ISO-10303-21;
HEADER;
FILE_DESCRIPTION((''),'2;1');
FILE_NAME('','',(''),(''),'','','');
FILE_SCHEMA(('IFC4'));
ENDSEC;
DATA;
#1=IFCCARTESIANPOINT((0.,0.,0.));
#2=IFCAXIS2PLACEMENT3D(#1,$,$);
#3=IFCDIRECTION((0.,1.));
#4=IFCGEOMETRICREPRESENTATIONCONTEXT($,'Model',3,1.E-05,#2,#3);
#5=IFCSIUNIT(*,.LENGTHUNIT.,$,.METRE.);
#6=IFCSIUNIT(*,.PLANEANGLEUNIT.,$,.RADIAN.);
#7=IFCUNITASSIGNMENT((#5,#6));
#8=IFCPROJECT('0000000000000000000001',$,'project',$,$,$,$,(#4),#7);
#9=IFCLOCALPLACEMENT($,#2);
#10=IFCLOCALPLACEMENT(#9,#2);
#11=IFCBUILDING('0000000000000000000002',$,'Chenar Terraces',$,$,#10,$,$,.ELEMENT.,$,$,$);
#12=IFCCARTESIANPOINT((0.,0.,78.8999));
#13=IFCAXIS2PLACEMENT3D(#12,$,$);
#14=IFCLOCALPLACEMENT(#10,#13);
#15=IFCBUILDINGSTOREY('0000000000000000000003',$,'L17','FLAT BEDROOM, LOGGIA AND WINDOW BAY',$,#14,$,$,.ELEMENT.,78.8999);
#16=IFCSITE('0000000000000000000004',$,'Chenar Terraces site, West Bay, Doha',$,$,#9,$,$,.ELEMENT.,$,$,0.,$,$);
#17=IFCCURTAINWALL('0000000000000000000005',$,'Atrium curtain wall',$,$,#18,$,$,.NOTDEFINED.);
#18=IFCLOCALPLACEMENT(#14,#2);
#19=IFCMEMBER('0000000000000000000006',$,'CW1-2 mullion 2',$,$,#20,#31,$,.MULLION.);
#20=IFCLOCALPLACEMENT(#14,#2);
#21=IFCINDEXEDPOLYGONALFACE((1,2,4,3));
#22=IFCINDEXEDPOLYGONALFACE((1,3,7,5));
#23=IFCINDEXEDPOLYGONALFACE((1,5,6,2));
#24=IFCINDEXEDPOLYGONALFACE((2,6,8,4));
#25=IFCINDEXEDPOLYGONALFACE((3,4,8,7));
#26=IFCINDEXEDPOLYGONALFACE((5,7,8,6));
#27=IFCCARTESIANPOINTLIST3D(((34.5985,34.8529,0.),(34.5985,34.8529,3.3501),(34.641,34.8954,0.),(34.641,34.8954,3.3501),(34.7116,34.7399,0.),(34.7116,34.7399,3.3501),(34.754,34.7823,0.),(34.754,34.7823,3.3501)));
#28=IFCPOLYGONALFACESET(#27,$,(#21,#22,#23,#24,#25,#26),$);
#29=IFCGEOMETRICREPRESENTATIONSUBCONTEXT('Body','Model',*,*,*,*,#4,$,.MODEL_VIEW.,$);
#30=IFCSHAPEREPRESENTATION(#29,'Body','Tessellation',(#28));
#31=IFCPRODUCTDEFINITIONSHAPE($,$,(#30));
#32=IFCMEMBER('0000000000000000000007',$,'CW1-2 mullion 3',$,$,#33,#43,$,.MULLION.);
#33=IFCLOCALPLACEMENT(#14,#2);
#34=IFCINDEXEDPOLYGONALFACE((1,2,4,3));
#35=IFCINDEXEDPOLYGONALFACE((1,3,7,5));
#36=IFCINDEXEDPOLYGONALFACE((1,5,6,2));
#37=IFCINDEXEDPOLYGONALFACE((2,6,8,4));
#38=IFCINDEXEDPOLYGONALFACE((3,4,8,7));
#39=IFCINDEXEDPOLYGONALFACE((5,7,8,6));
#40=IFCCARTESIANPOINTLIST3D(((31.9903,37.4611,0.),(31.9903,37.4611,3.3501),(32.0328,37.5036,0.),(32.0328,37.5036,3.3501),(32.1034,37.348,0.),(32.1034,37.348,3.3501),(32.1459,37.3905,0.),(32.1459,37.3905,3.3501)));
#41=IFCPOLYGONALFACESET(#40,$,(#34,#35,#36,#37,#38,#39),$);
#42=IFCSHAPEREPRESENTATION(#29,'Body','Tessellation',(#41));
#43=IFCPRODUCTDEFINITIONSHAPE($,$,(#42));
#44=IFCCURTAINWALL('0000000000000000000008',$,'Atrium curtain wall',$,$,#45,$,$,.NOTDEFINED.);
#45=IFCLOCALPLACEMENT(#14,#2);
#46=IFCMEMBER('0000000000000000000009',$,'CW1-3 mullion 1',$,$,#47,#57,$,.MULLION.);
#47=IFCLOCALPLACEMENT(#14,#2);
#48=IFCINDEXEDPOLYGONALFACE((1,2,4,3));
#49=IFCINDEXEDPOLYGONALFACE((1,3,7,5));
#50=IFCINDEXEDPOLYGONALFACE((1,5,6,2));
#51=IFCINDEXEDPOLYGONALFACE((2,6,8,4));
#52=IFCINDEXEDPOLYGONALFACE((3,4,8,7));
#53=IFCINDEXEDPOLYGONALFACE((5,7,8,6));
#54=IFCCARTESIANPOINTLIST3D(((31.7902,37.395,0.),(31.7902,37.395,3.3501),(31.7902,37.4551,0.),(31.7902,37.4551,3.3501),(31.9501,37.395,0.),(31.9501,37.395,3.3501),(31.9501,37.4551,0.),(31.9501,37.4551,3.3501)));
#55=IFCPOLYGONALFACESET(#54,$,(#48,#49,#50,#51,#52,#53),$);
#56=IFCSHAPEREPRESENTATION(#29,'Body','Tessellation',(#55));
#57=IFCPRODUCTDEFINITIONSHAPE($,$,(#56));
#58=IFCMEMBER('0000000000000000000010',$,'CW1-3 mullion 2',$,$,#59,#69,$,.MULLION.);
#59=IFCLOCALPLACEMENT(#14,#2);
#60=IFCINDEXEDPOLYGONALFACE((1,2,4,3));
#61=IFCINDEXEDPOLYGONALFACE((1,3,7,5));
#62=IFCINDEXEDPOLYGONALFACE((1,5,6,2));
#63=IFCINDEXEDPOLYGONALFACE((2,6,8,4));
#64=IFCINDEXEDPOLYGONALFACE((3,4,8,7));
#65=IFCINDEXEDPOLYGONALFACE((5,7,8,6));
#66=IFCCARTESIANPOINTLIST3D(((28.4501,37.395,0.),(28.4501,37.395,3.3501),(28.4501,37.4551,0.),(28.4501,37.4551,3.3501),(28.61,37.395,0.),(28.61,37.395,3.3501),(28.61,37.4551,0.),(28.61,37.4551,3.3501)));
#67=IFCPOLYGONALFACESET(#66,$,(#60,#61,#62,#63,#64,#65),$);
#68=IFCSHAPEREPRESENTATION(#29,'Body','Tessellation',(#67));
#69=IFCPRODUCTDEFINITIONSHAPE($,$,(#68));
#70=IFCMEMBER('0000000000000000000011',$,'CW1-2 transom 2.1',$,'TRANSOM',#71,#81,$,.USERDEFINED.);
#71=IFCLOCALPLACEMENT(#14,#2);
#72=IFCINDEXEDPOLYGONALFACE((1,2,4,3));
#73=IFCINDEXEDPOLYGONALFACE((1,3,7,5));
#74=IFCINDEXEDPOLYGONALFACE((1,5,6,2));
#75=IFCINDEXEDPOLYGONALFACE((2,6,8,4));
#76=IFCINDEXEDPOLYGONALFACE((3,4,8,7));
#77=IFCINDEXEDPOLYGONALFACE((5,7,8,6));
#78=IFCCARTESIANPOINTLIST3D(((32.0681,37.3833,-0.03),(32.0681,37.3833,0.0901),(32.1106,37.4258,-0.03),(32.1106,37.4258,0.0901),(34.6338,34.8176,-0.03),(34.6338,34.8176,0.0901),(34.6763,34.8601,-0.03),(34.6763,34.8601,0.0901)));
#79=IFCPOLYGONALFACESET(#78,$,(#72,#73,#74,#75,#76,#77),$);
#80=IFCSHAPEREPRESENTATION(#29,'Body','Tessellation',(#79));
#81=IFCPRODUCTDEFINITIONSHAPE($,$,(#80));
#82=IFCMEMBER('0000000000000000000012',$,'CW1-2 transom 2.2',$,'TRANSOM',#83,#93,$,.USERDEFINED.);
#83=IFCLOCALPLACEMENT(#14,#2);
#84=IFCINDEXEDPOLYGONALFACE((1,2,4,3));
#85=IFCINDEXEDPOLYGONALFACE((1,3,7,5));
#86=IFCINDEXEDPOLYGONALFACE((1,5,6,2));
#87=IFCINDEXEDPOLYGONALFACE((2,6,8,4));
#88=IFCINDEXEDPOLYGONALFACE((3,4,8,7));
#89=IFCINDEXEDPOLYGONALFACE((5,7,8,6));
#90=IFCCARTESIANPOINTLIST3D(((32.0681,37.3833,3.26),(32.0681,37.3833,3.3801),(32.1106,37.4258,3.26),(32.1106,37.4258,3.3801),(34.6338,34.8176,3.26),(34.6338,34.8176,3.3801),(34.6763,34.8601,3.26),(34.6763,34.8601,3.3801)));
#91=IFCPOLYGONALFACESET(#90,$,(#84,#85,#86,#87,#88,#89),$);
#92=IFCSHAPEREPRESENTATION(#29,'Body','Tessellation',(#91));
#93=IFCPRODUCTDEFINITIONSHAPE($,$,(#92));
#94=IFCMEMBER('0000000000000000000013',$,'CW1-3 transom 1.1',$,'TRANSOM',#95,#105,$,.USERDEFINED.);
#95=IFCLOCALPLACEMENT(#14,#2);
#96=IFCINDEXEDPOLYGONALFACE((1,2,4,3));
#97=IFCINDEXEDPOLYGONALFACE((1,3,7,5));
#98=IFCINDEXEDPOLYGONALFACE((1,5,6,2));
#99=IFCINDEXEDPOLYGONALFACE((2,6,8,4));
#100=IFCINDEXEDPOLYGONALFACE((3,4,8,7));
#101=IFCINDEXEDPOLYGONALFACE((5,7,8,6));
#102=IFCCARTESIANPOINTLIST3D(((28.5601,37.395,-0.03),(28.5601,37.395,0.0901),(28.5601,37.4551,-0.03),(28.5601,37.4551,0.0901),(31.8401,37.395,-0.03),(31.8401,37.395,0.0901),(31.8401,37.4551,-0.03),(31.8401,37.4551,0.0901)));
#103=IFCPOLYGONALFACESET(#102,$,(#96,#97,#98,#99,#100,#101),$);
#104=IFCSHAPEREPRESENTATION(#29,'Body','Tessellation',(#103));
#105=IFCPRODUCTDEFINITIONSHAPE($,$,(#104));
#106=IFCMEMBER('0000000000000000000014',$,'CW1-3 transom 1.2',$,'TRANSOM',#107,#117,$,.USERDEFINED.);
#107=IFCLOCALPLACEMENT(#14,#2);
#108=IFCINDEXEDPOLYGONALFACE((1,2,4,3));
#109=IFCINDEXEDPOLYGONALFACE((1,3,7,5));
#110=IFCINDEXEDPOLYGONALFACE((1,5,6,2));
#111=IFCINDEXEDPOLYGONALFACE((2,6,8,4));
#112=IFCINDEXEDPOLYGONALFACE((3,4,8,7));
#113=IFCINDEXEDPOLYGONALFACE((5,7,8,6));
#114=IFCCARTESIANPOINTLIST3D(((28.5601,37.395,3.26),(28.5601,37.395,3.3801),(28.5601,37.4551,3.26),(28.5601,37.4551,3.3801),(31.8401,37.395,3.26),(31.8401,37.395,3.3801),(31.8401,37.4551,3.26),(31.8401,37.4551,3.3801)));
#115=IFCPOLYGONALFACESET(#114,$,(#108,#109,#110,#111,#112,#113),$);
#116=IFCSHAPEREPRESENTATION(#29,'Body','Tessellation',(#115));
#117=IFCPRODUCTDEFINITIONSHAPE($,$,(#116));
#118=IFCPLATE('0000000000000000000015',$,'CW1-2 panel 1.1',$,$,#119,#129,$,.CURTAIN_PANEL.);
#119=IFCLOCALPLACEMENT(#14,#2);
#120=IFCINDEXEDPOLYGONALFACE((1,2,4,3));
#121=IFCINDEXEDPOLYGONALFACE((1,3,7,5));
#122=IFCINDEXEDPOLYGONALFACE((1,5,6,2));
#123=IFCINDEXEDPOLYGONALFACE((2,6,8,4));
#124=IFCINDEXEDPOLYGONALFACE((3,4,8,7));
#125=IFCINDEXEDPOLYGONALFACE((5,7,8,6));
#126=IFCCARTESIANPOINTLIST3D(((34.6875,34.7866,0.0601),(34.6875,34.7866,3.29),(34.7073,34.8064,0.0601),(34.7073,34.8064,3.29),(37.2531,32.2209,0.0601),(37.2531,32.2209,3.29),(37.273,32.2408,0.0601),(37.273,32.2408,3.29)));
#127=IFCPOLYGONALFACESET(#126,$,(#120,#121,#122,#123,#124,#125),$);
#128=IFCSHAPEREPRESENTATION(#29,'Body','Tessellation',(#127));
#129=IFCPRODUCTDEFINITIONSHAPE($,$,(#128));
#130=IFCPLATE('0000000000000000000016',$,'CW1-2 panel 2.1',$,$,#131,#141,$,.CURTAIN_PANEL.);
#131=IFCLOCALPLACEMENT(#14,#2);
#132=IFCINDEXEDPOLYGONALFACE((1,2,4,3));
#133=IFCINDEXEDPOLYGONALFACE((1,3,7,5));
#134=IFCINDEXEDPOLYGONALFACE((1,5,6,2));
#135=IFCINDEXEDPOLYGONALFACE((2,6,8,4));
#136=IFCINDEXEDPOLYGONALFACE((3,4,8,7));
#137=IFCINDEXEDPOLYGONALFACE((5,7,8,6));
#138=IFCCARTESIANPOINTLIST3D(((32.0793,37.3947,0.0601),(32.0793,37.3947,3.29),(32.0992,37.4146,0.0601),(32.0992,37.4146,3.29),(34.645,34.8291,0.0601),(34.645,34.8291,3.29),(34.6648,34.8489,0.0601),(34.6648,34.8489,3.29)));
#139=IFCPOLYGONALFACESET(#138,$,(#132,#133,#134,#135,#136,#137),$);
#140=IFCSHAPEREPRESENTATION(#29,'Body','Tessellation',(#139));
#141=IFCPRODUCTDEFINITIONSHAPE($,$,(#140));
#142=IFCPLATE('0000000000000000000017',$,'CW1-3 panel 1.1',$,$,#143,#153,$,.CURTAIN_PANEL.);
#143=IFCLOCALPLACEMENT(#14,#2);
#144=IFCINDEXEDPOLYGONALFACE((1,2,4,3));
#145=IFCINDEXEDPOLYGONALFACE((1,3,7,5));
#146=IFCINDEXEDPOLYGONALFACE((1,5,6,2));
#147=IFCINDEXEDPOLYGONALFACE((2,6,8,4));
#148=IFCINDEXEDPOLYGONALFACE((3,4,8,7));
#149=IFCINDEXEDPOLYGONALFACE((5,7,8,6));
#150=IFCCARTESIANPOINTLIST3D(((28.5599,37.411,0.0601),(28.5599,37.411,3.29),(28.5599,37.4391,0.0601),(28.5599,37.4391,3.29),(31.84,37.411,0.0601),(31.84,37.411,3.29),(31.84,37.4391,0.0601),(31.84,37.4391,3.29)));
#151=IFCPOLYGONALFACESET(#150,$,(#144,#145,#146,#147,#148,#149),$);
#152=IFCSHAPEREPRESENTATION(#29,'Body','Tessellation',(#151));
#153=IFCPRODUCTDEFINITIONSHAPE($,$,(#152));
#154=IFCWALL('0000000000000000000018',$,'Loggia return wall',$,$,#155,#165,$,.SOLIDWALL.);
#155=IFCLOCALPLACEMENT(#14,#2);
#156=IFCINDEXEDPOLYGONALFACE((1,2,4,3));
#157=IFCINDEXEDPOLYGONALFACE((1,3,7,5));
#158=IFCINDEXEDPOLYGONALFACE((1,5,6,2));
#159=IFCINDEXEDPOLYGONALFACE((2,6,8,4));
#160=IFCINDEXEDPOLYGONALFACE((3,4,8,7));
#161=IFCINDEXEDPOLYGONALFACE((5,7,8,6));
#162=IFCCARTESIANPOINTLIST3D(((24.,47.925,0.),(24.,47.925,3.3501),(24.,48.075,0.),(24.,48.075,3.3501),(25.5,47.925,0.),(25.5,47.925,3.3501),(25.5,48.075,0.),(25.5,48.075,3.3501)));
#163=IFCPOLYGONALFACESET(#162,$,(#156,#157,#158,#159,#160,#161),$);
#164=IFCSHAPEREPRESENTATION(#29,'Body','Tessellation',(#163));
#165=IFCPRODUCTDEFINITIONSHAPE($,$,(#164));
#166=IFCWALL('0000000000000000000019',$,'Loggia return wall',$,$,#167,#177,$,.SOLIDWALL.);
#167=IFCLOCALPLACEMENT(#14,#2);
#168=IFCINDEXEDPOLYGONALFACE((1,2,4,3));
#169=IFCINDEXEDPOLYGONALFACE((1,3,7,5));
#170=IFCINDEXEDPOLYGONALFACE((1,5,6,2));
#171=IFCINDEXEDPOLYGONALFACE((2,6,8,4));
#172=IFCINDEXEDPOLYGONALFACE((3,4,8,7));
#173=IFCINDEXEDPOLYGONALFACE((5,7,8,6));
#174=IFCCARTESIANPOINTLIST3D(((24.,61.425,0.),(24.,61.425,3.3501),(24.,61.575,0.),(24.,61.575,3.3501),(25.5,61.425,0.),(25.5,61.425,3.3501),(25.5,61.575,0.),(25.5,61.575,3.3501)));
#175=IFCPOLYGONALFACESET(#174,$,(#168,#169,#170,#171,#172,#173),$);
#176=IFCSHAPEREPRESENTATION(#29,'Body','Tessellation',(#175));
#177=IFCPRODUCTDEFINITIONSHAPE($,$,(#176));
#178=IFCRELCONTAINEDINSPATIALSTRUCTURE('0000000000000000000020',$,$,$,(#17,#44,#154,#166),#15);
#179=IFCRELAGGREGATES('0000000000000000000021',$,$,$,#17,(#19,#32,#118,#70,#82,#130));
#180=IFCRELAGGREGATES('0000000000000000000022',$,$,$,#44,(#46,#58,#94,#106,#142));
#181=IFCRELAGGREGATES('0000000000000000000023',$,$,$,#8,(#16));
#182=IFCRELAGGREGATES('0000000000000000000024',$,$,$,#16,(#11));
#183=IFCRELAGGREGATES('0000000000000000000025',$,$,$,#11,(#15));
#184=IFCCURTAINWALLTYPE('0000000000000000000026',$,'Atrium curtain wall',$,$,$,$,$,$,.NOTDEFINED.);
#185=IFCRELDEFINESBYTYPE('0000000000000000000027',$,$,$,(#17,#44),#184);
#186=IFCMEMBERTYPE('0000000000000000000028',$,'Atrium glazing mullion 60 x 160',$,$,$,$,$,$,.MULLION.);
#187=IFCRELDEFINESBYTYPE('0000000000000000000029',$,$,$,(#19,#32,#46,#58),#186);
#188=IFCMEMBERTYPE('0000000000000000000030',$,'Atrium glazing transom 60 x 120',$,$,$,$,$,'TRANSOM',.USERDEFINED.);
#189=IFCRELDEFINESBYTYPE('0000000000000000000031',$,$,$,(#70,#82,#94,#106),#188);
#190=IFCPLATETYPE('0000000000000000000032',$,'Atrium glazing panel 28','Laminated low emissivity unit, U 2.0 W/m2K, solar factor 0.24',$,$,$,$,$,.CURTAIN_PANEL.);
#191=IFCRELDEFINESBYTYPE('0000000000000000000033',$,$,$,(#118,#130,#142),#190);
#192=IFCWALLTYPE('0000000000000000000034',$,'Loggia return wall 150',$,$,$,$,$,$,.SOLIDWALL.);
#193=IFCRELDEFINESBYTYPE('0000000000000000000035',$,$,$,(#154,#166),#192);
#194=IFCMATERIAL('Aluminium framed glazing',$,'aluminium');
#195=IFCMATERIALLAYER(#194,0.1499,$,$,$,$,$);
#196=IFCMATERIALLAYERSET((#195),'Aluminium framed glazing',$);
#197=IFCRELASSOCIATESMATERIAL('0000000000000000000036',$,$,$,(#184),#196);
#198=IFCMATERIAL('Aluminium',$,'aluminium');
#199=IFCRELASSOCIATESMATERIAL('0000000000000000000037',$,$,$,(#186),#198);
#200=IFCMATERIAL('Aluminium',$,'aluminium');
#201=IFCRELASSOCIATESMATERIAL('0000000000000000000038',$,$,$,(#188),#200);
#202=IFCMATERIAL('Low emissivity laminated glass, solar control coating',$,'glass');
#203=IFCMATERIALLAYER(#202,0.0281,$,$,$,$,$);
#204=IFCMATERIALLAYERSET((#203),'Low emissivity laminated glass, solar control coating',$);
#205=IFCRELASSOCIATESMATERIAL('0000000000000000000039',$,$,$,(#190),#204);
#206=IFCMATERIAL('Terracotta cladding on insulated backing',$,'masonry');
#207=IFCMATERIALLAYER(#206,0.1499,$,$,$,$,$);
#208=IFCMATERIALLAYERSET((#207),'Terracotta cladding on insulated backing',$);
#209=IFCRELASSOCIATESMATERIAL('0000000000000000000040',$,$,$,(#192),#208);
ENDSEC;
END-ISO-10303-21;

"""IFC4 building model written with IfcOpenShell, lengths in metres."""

from ifc_helpers import new_model, si_unit, direction, frame, frame_2d, origin, origin_2d, place, context, subcontext, project, spatial, rectangle, extrude, material, layer, layer_set, material_profile, profile_set, type_object, element, aggregate, save


model = new_model("IFC4")

# Units and contexts
model_context = context("Model", 3, precision=1e-05, world=origin(), true_north=direction((0.0, 1.0)))
body_context = subcontext(model_context, "Body", "Model", "MODEL_VIEW")
ifc_project = project(units=[si_unit("LENGTHUNIT", "METRE"), si_unit("PLANEANGLEUNIT", "RADIAN")], contexts=[model_context])

# Site, building, storey
site_placement = place(None, origin())
site = spatial("IfcSite", under=ifc_project, at=site_placement, Name="Chenar Terraces site, West Bay, Doha", CompositionType="ELEMENT", RefElevation=0.0)
building_placement = place(site_placement, origin())
building = spatial("IfcBuilding", under=site, at=building_placement, Name="Chenar Terraces", CompositionType="ELEMENT")
storey_placement = place(building_placement, frame((0.0, 0.0, 78.8999)))
storey = spatial("IfcBuildingStorey", under=building, at=storey_placement, Name="L17", Description="FLAT BEDROOM, LOGGIA AND WINDOW BAY", CompositionType="ELEMENT", Elevation=78.8999)

# Curtain walls, members
ifc_material_1 = material(Name="Aluminium framed glazing", Category="aluminium")
ifc_layer_1 = layer(ifc_material_1, 0.1499)
ifc_layer_set_1 = layer_set([ifc_layer_1], Name="Aluminium framed glazing")
curtain_wall_type = type_object("IfcCurtainWallType", Name="Atrium curtain wall", PredefinedType="NOTDEFINED", material=ifc_layer_set_1)
placement = place(storey_placement, origin())
curtain_wall_1 = element("IfcCurtainWall", 1, at=placement, inside=storey, type_object=curtain_wall_type, Name="Atrium curtain wall", PredefinedType="NOTDEFINED")
ifc_material_2 = material(Name="Aluminium", Category="aluminium")
ifc_material_profile_1 = material_profile(ifc_material_2, rectangle(XDim=0.0601, YDim=0.1599, at=origin_2d()), Name="Atrium glazing mullion 60 x 160")
ifc_profile_set_1 = profile_set([ifc_material_profile_1], Name="Aluminium")
member_type_1 = type_object("IfcMemberType", Name="Atrium glazing mullion 60 x 160", PredefinedType="MULLION", material=ifc_profile_set_1)
member_1_placement = place(storey_placement, frame((34.6763, 34.8176, 0.0), z_axis=(0.0, 0.0, 1.0), x_axis=(-0.707107, -0.707107, 0.0)))
member_1 = element("IfcMember", 2, at=member_1_placement, type_object=member_type_1, Name="CW1-2 mullion 2", PredefinedType="MULLION", context=body_context, shape_type="SweptSolid", body=[
    extrude(rectangle(XDim=0.0601, YDim=0.1599, at=origin_2d()), origin(), (0.0, 0.0, 1.0), 3.3501),
])
member_2_placement = place(storey_placement, frame((32.0681, 37.4258, 0.0), z_axis=(0.0, 0.0, 1.0), x_axis=(-0.707107, -0.707107, 0.0)))
member_2 = element("IfcMember", 3, at=member_2_placement, type_object=member_type_1, Name="CW1-2 mullion 3", PredefinedType="MULLION", context=body_context, shape_type="SweptSolid", body=[
    extrude(rectangle(XDim=0.0601, YDim=0.1599, at=origin_2d()), origin(), (0.0, 0.0, 1.0), 3.3501),
])
curtain_wall_2 = element("IfcCurtainWall", 4, at=placement, inside=storey, type_object=curtain_wall_type, Name="Atrium curtain wall", PredefinedType="NOTDEFINED")
member_3_placement = place(storey_placement, frame((31.8701, 37.425, 0.0), z_axis=(0.0, 0.0, 1.0), x_axis=(0.0, -1.0, 0.0)))
member_3 = element("IfcMember", 5, at=member_3_placement, type_object=member_type_1, Name="CW1-3 mullion 1", PredefinedType="MULLION", context=body_context, shape_type="SweptSolid", body=[
    extrude(rectangle(XDim=0.0601, YDim=0.1599, at=origin_2d()), origin(), (0.0, 0.0, 1.0), 3.3501),
])
member_4_placement = place(storey_placement, frame((28.53, 37.425, 0.0), z_axis=(0.0, 0.0, 1.0), x_axis=(0.0, -1.0, 0.0)))
member_4 = element("IfcMember", 6, at=member_4_placement, type_object=member_type_1, Name="CW1-3 mullion 2", PredefinedType="MULLION", context=body_context, shape_type="SweptSolid", body=[
    extrude(rectangle(XDim=0.0601, YDim=0.1599, at=origin_2d()), origin(), (0.0, 0.0, 1.0), 3.3501),
])

# Members
ifc_material_3 = material(Name="Aluminium", Category="aluminium")
ifc_material_profile_2 = material_profile(ifc_material_3, rectangle(XDim=0.0601, YDim=0.1201, at=origin_2d()), Name="Atrium glazing transom 60 x 120")
ifc_profile_set_2 = profile_set([ifc_material_profile_2], Name="Aluminium")
member_type_2 = type_object("IfcMemberType", Name="Atrium glazing transom 60 x 120", ElementType="TRANSOM", PredefinedType="USERDEFINED", material=ifc_profile_set_2)
member_5_placement = place(storey_placement, frame((34.655, 34.8389, 0.03), z_axis=(-0.707107, 0.707107, 0.0), x_axis=(-0.707107, -0.707107, 0.0)))
member_5 = element("IfcMember", 7, at=member_5_placement, type_object=member_type_2, Name="CW1-2 transom 2.1", ObjectType="TRANSOM", PredefinedType="USERDEFINED", context=body_context, shape_type="SweptSolid", body=[
    extrude(rectangle(XDim=0.0601, YDim=0.1201, at=origin_2d()), origin(), (0.0, 0.0, 1.0), 3.6284),
])
member_6_placement = place(storey_placement, frame((34.655, 34.8389, 3.3201), z_axis=(-0.707107, 0.707107, 0.0), x_axis=(-0.707107, -0.707107, 0.0)))
member_6 = element("IfcMember", 8, at=member_6_placement, type_object=member_type_2, Name="CW1-2 transom 2.2", ObjectType="TRANSOM", PredefinedType="USERDEFINED", context=body_context, shape_type="SweptSolid", body=[
    extrude(rectangle(XDim=0.0601, YDim=0.1201, at=origin_2d()), origin(), (0.0, 0.0, 1.0), 3.6284),
])
member_7_placement = place(storey_placement, frame((31.8401, 37.425, 0.03), z_axis=(-1.0, 0.0, 0.0), x_axis=(0.0, -1.0, 0.0)))
member_7 = element("IfcMember", 9, at=member_7_placement, type_object=member_type_2, Name="CW1-3 transom 1.1", ObjectType="TRANSOM", PredefinedType="USERDEFINED", context=body_context, shape_type="SweptSolid", body=[
    extrude(rectangle(XDim=0.0601, YDim=0.1201, at=origin_2d()), origin(), (0.0, 0.0, 1.0), 3.28),
])
member_8_placement = place(storey_placement, frame((31.8401, 37.425, 3.3201), z_axis=(-1.0, 0.0, 0.0), x_axis=(0.0, -1.0, 0.0)))
member_8 = element("IfcMember", 10, at=member_8_placement, type_object=member_type_2, Name="CW1-3 transom 1.2", ObjectType="TRANSOM", PredefinedType="USERDEFINED", context=body_context, shape_type="SweptSolid", body=[
    extrude(rectangle(XDim=0.0601, YDim=0.1201, at=origin_2d()), origin(), (0.0, 0.0, 1.0), 3.28),
])

# Plates
ifc_material_4 = material(Name="Low emissivity laminated glass, solar control coating", Category="glass")
ifc_layer_2 = layer(ifc_material_4, 0.0281)
ifc_layer_set_2 = layer_set([ifc_layer_2], Name="Low emissivity laminated glass, solar control coating")
plate_type = type_object("IfcPlateType", Name="Atrium glazing panel 28", Description="Laminated low emissivity unit, U 2.0 W/m2K, solar factor 0.24", PredefinedType="CURTAIN_PANEL", material=ifc_layer_set_2)
plate_1_placement = place(storey_placement, frame((35.9802, 33.5137, 0.0601), z_axis=(0.0, 0.0, 1.0), x_axis=(-0.707107, 0.707107, 0.0)))
plate_1 = element("IfcPlate", 11, at=plate_1_placement, type_object=plate_type, Name="CW1-2 panel 1.1", PredefinedType="CURTAIN_PANEL", context=body_context, shape_type="SweptSolid", body=[
    extrude(rectangle(XDim=3.6284, YDim=0.0281, at=origin_2d()), origin(), (0.0, 0.0, 1.0), 3.23),
])
plate_2_placement = place(storey_placement, frame((33.3721, 36.1218, 0.0601), z_axis=(0.0, 0.0, 1.0), x_axis=(-0.707107, 0.707107, 0.0)))
plate_2 = element("IfcPlate", 12, at=plate_2_placement, type_object=plate_type, Name="CW1-2 panel 2.1", PredefinedType="CURTAIN_PANEL", context=body_context, shape_type="SweptSolid", body=[
    extrude(rectangle(XDim=3.6284, YDim=0.0281, at=origin_2d()), origin(), (0.0, 0.0, 1.0), 3.23),
])
aggregate(curtain_wall_1, [member_1, member_2, plate_1, member_5, member_6, plate_2])
plate_3_placement = place(storey_placement, frame((30.2, 37.425, 0.0601), z_axis=(0.0, 0.0, 1.0), x_axis=(-1.0, 0.0, 0.0)))
plate_3 = element("IfcPlate", 13, at=plate_3_placement, type_object=plate_type, Name="CW1-3 panel 1.1", PredefinedType="CURTAIN_PANEL", context=body_context, shape_type="SweptSolid", body=[
    extrude(rectangle(XDim=3.28, YDim=0.0281, at=origin_2d()), origin(), (0.0, 0.0, 1.0), 3.23),
])
aggregate(curtain_wall_2, [member_3, member_4, member_7, member_8, plate_3])

# Walls
ifc_material_5 = material(Name="Terracotta cladding on insulated backing", Category="masonry")
ifc_layer_3 = layer(ifc_material_5, 0.1499)
ifc_layer_set_3 = layer_set([ifc_layer_3], Name="Terracotta cladding on insulated backing")
wall_type_1 = type_object("IfcWallType", Name="Loggia return wall 150", PredefinedType="SOLIDWALL", material=ifc_layer_set_3)
for number, where, z_axis, x_axis, name in (
    (14, (25.5, 48.0, 0.0), (0.0, 0.0, 1.0), (-1.0, 0.0, 0.0), "Loggia return wall"),
    (15, (25.5, 61.5, 0.0), (0.0, 0.0, 1.0), (-1.0, 0.0, 0.0), "Loggia return wall"),
):
    element("IfcWall", number, at=place(storey_placement, frame(where, z_axis=z_axis, x_axis=x_axis)), inside=storey, type_object=wall_type_1, Name=name, PredefinedType="SOLIDWALL", context=body_context, shape_type="SweptSolid", body=[
        extrude(rectangle(XDim=1.5, YDim=0.1499, at=frame_2d((0.75, 0.0))), origin(), (0.0, 0.0, 1.0), 3.3501),
    ])

save(model, "model.ifc")
